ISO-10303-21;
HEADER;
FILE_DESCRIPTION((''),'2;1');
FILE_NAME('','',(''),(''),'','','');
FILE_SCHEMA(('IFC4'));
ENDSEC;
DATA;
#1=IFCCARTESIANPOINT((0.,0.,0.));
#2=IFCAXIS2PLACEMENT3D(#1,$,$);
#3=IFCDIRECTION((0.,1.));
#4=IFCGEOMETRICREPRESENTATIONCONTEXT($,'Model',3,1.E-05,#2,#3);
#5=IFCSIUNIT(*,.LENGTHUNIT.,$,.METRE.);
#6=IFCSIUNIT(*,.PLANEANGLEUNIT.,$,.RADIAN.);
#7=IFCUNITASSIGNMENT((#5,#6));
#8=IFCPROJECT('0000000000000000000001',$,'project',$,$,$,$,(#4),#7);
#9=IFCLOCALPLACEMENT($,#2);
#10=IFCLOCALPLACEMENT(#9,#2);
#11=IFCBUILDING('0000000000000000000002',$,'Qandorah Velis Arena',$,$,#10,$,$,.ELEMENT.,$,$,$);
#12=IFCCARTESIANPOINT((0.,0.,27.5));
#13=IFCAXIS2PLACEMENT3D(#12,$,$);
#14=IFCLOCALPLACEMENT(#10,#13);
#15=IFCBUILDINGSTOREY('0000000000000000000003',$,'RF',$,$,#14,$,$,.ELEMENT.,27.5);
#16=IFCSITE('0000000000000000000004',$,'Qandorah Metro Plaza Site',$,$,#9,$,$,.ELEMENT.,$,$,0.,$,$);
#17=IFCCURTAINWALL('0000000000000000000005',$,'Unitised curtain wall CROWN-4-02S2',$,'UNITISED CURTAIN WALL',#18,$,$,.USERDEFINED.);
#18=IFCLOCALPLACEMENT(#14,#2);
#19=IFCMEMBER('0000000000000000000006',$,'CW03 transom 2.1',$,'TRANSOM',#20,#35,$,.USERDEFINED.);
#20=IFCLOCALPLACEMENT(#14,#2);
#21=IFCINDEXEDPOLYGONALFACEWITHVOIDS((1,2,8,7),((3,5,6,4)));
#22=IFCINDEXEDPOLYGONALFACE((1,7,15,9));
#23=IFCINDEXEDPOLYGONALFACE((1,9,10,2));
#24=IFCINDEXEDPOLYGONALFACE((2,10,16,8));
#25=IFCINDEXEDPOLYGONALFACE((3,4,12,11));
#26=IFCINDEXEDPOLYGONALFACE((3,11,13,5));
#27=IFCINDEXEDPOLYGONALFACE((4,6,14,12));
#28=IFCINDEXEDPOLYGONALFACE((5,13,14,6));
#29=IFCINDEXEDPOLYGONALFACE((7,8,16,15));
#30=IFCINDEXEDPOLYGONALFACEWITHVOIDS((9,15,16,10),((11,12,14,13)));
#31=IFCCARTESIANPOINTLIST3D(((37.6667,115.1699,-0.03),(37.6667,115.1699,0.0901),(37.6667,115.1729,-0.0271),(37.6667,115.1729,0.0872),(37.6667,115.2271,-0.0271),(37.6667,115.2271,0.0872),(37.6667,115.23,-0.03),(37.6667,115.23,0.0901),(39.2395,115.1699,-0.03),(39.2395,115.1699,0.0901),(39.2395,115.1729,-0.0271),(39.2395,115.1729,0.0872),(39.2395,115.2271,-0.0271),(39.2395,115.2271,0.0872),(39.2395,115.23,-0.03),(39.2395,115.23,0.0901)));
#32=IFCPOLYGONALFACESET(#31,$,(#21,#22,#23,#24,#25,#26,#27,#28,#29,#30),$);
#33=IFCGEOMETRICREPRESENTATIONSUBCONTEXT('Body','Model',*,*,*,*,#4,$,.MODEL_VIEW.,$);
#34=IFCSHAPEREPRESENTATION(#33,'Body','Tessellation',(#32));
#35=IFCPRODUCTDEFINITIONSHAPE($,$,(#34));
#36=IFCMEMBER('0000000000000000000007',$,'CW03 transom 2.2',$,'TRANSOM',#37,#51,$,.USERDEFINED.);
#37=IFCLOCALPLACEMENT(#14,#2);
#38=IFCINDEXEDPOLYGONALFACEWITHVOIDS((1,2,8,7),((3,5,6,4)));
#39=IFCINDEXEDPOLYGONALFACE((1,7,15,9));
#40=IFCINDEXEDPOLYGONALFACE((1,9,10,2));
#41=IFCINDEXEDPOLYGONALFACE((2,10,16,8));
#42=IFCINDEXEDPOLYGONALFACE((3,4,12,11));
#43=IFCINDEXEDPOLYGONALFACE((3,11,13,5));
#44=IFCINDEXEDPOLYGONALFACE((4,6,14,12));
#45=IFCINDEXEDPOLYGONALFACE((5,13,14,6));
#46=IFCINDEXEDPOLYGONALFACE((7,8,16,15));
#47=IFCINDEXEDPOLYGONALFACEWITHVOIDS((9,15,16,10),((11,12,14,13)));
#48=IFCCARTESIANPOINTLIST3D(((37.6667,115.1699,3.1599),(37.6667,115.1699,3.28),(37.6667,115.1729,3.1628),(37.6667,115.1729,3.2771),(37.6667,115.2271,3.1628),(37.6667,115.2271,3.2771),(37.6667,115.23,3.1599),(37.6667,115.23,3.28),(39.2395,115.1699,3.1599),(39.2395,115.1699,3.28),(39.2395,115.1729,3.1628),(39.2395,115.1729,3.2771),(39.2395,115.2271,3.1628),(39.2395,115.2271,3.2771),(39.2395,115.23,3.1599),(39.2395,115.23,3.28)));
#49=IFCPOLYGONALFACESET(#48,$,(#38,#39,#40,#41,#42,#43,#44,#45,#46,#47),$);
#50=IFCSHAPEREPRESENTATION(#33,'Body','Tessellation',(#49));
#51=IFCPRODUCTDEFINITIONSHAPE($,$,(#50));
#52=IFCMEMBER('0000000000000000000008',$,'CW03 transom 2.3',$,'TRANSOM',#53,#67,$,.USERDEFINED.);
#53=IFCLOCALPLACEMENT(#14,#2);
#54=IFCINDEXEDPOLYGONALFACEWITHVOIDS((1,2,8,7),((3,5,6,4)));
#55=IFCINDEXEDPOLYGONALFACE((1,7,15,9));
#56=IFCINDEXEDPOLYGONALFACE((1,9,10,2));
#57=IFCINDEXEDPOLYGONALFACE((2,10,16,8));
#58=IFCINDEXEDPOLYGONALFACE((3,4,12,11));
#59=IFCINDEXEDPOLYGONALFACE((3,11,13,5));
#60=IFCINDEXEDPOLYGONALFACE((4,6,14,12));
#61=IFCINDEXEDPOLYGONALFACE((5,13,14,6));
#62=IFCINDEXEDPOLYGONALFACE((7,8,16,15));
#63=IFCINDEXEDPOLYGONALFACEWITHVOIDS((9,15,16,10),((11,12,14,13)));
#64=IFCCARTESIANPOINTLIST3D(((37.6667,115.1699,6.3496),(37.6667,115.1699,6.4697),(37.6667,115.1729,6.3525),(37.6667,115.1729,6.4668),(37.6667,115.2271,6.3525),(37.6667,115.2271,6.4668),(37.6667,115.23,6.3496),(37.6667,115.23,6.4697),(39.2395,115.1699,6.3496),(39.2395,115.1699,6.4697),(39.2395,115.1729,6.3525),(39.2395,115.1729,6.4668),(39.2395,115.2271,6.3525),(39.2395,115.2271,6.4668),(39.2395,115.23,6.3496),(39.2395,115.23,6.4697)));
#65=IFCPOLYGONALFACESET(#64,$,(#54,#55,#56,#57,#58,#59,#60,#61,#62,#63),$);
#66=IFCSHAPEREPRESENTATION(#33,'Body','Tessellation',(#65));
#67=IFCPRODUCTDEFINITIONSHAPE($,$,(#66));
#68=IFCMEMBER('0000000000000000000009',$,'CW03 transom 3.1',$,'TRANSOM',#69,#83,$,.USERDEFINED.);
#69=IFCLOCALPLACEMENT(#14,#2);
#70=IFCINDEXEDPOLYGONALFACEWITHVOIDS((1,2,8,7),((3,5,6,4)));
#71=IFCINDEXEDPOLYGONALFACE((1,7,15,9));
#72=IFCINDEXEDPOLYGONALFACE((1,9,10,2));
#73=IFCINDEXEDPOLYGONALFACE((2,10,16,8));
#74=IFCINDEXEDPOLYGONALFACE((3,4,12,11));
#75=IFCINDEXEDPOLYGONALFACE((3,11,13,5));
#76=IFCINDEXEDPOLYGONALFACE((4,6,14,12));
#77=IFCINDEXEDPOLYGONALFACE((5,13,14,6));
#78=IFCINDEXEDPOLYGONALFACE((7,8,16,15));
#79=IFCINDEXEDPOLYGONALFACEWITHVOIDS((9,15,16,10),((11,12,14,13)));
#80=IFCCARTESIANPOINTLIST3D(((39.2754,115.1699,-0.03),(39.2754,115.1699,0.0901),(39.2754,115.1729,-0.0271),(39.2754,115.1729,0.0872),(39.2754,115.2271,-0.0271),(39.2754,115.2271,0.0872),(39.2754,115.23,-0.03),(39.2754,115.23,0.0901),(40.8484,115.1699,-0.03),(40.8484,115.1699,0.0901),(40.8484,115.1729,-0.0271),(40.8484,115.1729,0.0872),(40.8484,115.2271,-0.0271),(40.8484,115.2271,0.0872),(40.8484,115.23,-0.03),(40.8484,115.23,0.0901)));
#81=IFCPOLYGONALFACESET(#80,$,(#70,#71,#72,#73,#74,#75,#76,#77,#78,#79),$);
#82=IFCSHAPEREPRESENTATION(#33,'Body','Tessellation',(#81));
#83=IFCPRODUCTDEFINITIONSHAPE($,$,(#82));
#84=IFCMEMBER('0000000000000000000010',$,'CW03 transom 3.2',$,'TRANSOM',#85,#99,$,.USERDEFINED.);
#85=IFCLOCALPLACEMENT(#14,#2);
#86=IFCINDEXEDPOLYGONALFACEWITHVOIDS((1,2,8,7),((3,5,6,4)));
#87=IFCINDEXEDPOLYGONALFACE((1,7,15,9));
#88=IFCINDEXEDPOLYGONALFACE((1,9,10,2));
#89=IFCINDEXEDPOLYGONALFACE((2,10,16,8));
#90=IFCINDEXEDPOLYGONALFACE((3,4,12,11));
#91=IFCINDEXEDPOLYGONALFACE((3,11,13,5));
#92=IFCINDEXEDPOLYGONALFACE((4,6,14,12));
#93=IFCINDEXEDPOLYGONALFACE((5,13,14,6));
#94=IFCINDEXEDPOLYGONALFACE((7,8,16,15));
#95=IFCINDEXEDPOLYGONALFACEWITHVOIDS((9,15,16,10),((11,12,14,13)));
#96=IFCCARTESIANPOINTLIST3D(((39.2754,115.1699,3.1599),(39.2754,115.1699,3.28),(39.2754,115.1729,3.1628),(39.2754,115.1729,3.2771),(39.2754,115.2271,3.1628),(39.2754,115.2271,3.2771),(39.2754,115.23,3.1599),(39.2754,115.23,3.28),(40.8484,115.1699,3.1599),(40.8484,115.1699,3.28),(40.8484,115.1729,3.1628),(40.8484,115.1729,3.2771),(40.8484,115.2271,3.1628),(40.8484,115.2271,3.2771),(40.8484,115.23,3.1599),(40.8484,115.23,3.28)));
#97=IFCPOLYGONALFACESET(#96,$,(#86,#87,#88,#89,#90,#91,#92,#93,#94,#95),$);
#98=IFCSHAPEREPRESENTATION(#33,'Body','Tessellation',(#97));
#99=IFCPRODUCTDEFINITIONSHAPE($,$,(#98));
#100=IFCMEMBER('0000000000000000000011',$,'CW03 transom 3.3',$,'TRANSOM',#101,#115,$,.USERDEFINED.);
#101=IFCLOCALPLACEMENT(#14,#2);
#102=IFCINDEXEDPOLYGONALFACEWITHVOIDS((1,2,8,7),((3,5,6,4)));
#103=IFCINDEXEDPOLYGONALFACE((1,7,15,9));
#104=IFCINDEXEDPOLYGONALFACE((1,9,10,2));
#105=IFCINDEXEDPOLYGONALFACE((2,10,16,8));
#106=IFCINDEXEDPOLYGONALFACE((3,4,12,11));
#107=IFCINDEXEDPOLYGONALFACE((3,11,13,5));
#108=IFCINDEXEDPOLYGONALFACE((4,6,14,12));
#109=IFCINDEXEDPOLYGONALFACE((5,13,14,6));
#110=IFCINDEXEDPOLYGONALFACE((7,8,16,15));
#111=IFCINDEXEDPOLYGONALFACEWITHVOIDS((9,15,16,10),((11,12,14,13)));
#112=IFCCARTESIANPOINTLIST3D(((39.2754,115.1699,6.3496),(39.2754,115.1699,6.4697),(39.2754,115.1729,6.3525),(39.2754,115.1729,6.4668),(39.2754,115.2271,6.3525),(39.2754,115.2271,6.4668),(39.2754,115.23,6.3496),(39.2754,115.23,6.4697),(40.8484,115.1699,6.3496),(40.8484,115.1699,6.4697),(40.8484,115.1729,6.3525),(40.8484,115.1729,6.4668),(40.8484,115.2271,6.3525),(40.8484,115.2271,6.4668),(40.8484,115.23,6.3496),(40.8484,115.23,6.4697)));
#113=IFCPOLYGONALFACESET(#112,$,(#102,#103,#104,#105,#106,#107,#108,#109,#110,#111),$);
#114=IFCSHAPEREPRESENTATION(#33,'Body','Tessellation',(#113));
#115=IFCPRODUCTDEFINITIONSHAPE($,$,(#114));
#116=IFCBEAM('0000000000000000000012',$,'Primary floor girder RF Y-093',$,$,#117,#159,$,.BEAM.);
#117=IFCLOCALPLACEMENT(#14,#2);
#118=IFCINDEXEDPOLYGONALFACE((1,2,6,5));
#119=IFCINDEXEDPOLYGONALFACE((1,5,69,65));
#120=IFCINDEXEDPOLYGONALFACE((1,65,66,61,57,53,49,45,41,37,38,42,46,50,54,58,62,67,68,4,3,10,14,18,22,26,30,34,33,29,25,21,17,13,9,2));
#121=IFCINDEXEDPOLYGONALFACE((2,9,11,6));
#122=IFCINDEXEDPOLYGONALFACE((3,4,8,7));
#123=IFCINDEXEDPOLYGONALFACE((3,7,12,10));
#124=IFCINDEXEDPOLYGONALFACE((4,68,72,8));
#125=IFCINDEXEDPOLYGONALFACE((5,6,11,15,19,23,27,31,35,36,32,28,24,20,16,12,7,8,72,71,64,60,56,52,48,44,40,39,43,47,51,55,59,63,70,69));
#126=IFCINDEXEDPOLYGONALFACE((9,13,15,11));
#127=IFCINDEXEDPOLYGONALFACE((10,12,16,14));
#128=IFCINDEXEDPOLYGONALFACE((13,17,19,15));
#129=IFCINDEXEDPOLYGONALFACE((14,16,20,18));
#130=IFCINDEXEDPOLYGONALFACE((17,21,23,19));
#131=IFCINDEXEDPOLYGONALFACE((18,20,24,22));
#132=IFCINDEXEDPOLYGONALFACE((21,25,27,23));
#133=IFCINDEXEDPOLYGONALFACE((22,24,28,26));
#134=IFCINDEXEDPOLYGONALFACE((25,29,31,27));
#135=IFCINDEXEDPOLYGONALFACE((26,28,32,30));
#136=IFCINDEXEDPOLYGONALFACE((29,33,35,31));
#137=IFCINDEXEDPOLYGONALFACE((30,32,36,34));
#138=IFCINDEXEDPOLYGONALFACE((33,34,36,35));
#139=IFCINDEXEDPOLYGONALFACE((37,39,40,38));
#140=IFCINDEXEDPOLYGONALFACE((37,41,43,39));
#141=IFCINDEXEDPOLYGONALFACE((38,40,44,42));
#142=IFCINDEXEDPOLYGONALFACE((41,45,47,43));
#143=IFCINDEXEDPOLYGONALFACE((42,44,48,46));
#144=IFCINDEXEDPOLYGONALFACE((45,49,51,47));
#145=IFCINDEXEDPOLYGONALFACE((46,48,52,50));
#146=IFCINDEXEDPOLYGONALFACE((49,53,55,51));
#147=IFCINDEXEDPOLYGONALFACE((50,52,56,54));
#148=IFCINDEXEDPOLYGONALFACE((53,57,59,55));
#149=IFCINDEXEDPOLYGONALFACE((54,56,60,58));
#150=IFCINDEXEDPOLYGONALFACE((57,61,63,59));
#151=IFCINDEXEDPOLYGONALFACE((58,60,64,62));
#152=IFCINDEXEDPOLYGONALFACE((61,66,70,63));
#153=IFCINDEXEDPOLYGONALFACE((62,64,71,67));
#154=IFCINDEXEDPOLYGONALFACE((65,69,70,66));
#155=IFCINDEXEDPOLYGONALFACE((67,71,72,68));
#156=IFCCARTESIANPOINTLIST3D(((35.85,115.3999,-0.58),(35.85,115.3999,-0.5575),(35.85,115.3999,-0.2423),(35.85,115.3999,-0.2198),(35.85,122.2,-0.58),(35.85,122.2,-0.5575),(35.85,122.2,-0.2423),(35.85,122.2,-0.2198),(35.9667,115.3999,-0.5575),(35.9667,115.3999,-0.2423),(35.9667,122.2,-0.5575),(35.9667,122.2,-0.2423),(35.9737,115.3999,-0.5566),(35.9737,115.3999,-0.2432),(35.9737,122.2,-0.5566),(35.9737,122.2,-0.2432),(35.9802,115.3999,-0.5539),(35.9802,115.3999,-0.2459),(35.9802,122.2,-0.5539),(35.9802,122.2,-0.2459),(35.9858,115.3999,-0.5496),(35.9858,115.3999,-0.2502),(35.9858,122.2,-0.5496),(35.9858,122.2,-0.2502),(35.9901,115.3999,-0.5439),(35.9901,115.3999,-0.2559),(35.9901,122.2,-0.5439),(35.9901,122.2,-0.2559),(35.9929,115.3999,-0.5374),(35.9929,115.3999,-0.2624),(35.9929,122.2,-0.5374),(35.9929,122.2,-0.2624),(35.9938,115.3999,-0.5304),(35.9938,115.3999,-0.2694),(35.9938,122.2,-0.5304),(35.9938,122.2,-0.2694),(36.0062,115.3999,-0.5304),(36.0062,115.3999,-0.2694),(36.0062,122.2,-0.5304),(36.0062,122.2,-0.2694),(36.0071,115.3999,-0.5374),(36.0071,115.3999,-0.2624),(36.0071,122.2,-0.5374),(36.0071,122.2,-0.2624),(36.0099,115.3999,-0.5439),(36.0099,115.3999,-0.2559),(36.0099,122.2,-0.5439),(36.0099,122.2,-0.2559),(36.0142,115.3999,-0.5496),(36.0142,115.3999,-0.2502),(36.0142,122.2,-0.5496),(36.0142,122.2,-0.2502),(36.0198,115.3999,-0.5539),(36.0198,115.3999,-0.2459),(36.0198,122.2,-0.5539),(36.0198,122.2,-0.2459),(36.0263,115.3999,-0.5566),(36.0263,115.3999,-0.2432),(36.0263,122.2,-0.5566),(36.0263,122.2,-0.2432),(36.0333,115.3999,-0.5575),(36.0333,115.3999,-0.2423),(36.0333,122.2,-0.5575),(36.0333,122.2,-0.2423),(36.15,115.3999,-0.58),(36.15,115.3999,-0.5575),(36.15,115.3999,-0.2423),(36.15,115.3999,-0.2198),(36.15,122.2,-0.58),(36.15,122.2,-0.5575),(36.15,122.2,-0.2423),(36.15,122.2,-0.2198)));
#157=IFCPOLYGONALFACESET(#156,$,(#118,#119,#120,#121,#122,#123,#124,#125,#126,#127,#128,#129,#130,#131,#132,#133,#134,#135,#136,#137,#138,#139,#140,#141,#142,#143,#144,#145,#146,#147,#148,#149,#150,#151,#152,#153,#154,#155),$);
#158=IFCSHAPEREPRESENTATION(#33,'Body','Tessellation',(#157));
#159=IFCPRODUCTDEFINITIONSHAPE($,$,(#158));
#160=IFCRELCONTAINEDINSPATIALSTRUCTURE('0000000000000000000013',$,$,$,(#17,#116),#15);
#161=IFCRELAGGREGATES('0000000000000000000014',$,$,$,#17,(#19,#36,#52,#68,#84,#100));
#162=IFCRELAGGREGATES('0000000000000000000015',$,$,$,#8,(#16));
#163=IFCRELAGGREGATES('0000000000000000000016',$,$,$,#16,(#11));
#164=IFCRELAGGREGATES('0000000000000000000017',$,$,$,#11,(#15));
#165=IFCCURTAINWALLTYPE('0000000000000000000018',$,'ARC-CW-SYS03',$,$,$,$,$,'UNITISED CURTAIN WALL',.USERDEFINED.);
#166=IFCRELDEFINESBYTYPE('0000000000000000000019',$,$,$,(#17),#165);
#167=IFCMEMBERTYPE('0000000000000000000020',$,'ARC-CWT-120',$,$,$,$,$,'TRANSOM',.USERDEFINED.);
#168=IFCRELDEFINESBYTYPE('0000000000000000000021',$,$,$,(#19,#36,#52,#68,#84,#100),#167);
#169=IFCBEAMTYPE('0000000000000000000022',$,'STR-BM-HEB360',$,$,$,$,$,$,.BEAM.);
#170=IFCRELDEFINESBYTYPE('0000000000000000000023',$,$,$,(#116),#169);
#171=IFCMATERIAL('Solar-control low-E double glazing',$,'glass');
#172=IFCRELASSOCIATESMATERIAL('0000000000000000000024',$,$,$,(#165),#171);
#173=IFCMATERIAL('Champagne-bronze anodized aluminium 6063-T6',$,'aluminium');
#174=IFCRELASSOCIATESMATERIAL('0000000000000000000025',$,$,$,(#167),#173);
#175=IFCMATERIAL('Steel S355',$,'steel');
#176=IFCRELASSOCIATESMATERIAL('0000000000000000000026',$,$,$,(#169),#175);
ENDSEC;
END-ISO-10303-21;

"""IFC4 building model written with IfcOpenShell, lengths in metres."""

from ifc_helpers import new_model, si_unit, direction, frame, origin, origin_2d, place, context, subcontext, project, spatial, hollow_rectangle, i_section, extrude, material, material_profile, profile_set, type_object, element, aggregate, save


model = new_model("IFC4")

# Units and contexts
model_context = context("Model", 3, precision=1e-05, world=origin(), true_north=direction((0.0, 1.0)))
body_context = subcontext(model_context, "Body", "Model", "MODEL_VIEW")
ifc_project = project(units=[si_unit("LENGTHUNIT", "METRE"), si_unit("PLANEANGLEUNIT", "RADIAN")], contexts=[model_context])

# Site, building, storey
site_placement = place(None, origin())
site = spatial("IfcSite", under=ifc_project, at=site_placement, Name="Qandorah Metro Plaza Site", CompositionType="ELEMENT", RefElevation=0.0)
building_placement = place(site_placement, origin())
building = spatial("IfcBuilding", under=site, at=building_placement, Name="Qandorah Velis Arena", CompositionType="ELEMENT")
storey_placement = place(building_placement, frame((0.0, 0.0, 27.5)))
storey = spatial("IfcBuildingStorey", under=building, at=storey_placement, Name="RF", CompositionType="ELEMENT", Elevation=27.5)

# Curtain wall
ifc_material_1 = material(Name="Solar-control low-E double glazing", Category="glass")
ifc_material_2 = material(Name="Champagne-bronze anodized aluminium 6063-T6", Category="aluminium")
curtain_wall_type_1 = type_object("IfcCurtainWallType", Name="ARC-CW-SYS03", ElementType="UNITISED CURTAIN WALL", PredefinedType="USERDEFINED", material=ifc_material_1)
curtain_wall_1_placement = place(storey_placement, origin())
curtain_wall_1 = element("IfcCurtainWall", 1, at=curtain_wall_1_placement, inside=storey, type_object=curtain_wall_type_1, Name="Unitised curtain wall CROWN-4-02S2", ObjectType="UNITISED CURTAIN WALL", PredefinedType="USERDEFINED")

# Members
ifc_material_profile_1 = material_profile(ifc_material_2, hollow_rectangle(XDim=0.0601, YDim=0.1201, WallThickness=0.0029, at=origin_2d()), Name="ALU TRANSOM 60x120")
ifc_profile_set_1 = profile_set([ifc_material_profile_1], Name="Champagne-bronze anodized aluminium 6063-T6")
member_type_1 = type_object("IfcMemberType", Name="ARC-CWT-120", ElementType="TRANSOM", PredefinedType="USERDEFINED", material=ifc_profile_set_1)
member_1_placement = place(storey_placement, frame((37.6667, 115.2, 0.03), z_axis=(1.0, 0.0, 0.0), x_axis=(0.0, 1.0, 0.0)))
member_1 = element("IfcMember", 2, at=member_1_placement, type_object=member_type_1, Name="CW03 transom 2.1", ObjectType="TRANSOM", PredefinedType="USERDEFINED", context=body_context, shape_type="SweptSolid", body=[
    extrude(hollow_rectangle(XDim=0.0601, YDim=0.1201, WallThickness=0.0029, at=origin_2d()), origin(), (0.0, 0.0, 1.0), 1.5728),
])
member_2_placement = place(storey_placement, frame((37.6667, 115.2, 3.22), z_axis=(1.0, 0.0, 0.0), x_axis=(0.0, 1.0, 0.0)))
member_2 = element("IfcMember", 3, at=member_2_placement, type_object=member_type_1, Name="CW03 transom 2.2", ObjectType="TRANSOM", PredefinedType="USERDEFINED", context=body_context, shape_type="SweptSolid", body=[
    extrude(hollow_rectangle(XDim=0.0601, YDim=0.1201, WallThickness=0.0029, at=origin_2d()), origin(), (0.0, 0.0, 1.0), 1.5728),
])
member_3_placement = place(storey_placement, frame((37.6667, 115.2, 6.4097), z_axis=(1.0, 0.0, 0.0), x_axis=(0.0, 1.0, 0.0)))
member_3 = element("IfcMember", 4, at=member_3_placement, type_object=member_type_1, Name="CW03 transom 2.3", ObjectType="TRANSOM", PredefinedType="USERDEFINED", context=body_context, shape_type="SweptSolid", body=[
    extrude(hollow_rectangle(XDim=0.0601, YDim=0.1201, WallThickness=0.0029, at=origin_2d()), origin(), (0.0, 0.0, 1.0), 1.5728),
])
member_4_placement = place(storey_placement, frame((39.2754, 115.2, 0.03), z_axis=(1.0, 0.0, 0.0), x_axis=(0.0, 1.0, 0.0)))
member_4 = element("IfcMember", 5, at=member_4_placement, type_object=member_type_1, Name="CW03 transom 3.1", ObjectType="TRANSOM", PredefinedType="USERDEFINED", context=body_context, shape_type="SweptSolid", body=[
    extrude(hollow_rectangle(XDim=0.0601, YDim=0.1201, WallThickness=0.0029, at=origin_2d()), origin(), (0.0, 0.0, 1.0), 1.573),
])
member_5_placement = place(storey_placement, frame((39.2754, 115.2, 3.22), z_axis=(1.0, 0.0, 0.0), x_axis=(0.0, 1.0, 0.0)))
member_5 = element("IfcMember", 6, at=member_5_placement, type_object=member_type_1, Name="CW03 transom 3.2", ObjectType="TRANSOM", PredefinedType="USERDEFINED", context=body_context, shape_type="SweptSolid", body=[
    extrude(hollow_rectangle(XDim=0.0601, YDim=0.1201, WallThickness=0.0029, at=origin_2d()), origin(), (0.0, 0.0, 1.0), 1.573),
])
member_6_placement = place(storey_placement, frame((39.2754, 115.2, 6.4097), z_axis=(1.0, 0.0, 0.0), x_axis=(0.0, 1.0, 0.0)))
member_6 = element("IfcMember", 7, at=member_6_placement, type_object=member_type_1, Name="CW03 transom 3.3", ObjectType="TRANSOM", PredefinedType="USERDEFINED", context=body_context, shape_type="SweptSolid", body=[
    extrude(hollow_rectangle(XDim=0.0601, YDim=0.1201, WallThickness=0.0029, at=origin_2d()), origin(), (0.0, 0.0, 1.0), 1.573),
])

# Beam
ifc_material_3 = material(Name="Steel S355", Category="steel")
ifc_material_profile_2 = material_profile(ifc_material_3, i_section(OverallWidth=0.3, OverallDepth=0.3601, WebThickness=0.0125, FlangeThickness=0.0225, FilletRadius=0.0271, at=origin_2d()), Name="HEB 360")
ifc_profile_set_2 = profile_set([ifc_material_profile_2], Name="Steel S355")
beam_type_1 = type_object("IfcBeamType", Name="STR-BM-HEB360", PredefinedType="BEAM", material=ifc_profile_set_2)
beam_1_placement = place(storey_placement, frame((36.0, 115.3999, -0.3999), z_axis=(0.0, 1.0, 0.0), x_axis=(-1.0, 0.0, 0.0)))
element("IfcBeam", 8, at=beam_1_placement, inside=storey, type_object=beam_type_1, Name="Primary floor girder RF Y-093", PredefinedType="BEAM", context=body_context, shape_type="SweptSolid", body=[
    extrude(i_section(OverallWidth=0.3, OverallDepth=0.3601, WebThickness=0.0125, FlangeThickness=0.0225, FilletRadius=0.0271, at=origin_2d()), origin(), (0.0, 0.0, 1.0), 6.8),
])

aggregate(curtain_wall_1, [member_1, member_2, member_3, member_4, member_5, member_6])

save(model, "model.ifc")
